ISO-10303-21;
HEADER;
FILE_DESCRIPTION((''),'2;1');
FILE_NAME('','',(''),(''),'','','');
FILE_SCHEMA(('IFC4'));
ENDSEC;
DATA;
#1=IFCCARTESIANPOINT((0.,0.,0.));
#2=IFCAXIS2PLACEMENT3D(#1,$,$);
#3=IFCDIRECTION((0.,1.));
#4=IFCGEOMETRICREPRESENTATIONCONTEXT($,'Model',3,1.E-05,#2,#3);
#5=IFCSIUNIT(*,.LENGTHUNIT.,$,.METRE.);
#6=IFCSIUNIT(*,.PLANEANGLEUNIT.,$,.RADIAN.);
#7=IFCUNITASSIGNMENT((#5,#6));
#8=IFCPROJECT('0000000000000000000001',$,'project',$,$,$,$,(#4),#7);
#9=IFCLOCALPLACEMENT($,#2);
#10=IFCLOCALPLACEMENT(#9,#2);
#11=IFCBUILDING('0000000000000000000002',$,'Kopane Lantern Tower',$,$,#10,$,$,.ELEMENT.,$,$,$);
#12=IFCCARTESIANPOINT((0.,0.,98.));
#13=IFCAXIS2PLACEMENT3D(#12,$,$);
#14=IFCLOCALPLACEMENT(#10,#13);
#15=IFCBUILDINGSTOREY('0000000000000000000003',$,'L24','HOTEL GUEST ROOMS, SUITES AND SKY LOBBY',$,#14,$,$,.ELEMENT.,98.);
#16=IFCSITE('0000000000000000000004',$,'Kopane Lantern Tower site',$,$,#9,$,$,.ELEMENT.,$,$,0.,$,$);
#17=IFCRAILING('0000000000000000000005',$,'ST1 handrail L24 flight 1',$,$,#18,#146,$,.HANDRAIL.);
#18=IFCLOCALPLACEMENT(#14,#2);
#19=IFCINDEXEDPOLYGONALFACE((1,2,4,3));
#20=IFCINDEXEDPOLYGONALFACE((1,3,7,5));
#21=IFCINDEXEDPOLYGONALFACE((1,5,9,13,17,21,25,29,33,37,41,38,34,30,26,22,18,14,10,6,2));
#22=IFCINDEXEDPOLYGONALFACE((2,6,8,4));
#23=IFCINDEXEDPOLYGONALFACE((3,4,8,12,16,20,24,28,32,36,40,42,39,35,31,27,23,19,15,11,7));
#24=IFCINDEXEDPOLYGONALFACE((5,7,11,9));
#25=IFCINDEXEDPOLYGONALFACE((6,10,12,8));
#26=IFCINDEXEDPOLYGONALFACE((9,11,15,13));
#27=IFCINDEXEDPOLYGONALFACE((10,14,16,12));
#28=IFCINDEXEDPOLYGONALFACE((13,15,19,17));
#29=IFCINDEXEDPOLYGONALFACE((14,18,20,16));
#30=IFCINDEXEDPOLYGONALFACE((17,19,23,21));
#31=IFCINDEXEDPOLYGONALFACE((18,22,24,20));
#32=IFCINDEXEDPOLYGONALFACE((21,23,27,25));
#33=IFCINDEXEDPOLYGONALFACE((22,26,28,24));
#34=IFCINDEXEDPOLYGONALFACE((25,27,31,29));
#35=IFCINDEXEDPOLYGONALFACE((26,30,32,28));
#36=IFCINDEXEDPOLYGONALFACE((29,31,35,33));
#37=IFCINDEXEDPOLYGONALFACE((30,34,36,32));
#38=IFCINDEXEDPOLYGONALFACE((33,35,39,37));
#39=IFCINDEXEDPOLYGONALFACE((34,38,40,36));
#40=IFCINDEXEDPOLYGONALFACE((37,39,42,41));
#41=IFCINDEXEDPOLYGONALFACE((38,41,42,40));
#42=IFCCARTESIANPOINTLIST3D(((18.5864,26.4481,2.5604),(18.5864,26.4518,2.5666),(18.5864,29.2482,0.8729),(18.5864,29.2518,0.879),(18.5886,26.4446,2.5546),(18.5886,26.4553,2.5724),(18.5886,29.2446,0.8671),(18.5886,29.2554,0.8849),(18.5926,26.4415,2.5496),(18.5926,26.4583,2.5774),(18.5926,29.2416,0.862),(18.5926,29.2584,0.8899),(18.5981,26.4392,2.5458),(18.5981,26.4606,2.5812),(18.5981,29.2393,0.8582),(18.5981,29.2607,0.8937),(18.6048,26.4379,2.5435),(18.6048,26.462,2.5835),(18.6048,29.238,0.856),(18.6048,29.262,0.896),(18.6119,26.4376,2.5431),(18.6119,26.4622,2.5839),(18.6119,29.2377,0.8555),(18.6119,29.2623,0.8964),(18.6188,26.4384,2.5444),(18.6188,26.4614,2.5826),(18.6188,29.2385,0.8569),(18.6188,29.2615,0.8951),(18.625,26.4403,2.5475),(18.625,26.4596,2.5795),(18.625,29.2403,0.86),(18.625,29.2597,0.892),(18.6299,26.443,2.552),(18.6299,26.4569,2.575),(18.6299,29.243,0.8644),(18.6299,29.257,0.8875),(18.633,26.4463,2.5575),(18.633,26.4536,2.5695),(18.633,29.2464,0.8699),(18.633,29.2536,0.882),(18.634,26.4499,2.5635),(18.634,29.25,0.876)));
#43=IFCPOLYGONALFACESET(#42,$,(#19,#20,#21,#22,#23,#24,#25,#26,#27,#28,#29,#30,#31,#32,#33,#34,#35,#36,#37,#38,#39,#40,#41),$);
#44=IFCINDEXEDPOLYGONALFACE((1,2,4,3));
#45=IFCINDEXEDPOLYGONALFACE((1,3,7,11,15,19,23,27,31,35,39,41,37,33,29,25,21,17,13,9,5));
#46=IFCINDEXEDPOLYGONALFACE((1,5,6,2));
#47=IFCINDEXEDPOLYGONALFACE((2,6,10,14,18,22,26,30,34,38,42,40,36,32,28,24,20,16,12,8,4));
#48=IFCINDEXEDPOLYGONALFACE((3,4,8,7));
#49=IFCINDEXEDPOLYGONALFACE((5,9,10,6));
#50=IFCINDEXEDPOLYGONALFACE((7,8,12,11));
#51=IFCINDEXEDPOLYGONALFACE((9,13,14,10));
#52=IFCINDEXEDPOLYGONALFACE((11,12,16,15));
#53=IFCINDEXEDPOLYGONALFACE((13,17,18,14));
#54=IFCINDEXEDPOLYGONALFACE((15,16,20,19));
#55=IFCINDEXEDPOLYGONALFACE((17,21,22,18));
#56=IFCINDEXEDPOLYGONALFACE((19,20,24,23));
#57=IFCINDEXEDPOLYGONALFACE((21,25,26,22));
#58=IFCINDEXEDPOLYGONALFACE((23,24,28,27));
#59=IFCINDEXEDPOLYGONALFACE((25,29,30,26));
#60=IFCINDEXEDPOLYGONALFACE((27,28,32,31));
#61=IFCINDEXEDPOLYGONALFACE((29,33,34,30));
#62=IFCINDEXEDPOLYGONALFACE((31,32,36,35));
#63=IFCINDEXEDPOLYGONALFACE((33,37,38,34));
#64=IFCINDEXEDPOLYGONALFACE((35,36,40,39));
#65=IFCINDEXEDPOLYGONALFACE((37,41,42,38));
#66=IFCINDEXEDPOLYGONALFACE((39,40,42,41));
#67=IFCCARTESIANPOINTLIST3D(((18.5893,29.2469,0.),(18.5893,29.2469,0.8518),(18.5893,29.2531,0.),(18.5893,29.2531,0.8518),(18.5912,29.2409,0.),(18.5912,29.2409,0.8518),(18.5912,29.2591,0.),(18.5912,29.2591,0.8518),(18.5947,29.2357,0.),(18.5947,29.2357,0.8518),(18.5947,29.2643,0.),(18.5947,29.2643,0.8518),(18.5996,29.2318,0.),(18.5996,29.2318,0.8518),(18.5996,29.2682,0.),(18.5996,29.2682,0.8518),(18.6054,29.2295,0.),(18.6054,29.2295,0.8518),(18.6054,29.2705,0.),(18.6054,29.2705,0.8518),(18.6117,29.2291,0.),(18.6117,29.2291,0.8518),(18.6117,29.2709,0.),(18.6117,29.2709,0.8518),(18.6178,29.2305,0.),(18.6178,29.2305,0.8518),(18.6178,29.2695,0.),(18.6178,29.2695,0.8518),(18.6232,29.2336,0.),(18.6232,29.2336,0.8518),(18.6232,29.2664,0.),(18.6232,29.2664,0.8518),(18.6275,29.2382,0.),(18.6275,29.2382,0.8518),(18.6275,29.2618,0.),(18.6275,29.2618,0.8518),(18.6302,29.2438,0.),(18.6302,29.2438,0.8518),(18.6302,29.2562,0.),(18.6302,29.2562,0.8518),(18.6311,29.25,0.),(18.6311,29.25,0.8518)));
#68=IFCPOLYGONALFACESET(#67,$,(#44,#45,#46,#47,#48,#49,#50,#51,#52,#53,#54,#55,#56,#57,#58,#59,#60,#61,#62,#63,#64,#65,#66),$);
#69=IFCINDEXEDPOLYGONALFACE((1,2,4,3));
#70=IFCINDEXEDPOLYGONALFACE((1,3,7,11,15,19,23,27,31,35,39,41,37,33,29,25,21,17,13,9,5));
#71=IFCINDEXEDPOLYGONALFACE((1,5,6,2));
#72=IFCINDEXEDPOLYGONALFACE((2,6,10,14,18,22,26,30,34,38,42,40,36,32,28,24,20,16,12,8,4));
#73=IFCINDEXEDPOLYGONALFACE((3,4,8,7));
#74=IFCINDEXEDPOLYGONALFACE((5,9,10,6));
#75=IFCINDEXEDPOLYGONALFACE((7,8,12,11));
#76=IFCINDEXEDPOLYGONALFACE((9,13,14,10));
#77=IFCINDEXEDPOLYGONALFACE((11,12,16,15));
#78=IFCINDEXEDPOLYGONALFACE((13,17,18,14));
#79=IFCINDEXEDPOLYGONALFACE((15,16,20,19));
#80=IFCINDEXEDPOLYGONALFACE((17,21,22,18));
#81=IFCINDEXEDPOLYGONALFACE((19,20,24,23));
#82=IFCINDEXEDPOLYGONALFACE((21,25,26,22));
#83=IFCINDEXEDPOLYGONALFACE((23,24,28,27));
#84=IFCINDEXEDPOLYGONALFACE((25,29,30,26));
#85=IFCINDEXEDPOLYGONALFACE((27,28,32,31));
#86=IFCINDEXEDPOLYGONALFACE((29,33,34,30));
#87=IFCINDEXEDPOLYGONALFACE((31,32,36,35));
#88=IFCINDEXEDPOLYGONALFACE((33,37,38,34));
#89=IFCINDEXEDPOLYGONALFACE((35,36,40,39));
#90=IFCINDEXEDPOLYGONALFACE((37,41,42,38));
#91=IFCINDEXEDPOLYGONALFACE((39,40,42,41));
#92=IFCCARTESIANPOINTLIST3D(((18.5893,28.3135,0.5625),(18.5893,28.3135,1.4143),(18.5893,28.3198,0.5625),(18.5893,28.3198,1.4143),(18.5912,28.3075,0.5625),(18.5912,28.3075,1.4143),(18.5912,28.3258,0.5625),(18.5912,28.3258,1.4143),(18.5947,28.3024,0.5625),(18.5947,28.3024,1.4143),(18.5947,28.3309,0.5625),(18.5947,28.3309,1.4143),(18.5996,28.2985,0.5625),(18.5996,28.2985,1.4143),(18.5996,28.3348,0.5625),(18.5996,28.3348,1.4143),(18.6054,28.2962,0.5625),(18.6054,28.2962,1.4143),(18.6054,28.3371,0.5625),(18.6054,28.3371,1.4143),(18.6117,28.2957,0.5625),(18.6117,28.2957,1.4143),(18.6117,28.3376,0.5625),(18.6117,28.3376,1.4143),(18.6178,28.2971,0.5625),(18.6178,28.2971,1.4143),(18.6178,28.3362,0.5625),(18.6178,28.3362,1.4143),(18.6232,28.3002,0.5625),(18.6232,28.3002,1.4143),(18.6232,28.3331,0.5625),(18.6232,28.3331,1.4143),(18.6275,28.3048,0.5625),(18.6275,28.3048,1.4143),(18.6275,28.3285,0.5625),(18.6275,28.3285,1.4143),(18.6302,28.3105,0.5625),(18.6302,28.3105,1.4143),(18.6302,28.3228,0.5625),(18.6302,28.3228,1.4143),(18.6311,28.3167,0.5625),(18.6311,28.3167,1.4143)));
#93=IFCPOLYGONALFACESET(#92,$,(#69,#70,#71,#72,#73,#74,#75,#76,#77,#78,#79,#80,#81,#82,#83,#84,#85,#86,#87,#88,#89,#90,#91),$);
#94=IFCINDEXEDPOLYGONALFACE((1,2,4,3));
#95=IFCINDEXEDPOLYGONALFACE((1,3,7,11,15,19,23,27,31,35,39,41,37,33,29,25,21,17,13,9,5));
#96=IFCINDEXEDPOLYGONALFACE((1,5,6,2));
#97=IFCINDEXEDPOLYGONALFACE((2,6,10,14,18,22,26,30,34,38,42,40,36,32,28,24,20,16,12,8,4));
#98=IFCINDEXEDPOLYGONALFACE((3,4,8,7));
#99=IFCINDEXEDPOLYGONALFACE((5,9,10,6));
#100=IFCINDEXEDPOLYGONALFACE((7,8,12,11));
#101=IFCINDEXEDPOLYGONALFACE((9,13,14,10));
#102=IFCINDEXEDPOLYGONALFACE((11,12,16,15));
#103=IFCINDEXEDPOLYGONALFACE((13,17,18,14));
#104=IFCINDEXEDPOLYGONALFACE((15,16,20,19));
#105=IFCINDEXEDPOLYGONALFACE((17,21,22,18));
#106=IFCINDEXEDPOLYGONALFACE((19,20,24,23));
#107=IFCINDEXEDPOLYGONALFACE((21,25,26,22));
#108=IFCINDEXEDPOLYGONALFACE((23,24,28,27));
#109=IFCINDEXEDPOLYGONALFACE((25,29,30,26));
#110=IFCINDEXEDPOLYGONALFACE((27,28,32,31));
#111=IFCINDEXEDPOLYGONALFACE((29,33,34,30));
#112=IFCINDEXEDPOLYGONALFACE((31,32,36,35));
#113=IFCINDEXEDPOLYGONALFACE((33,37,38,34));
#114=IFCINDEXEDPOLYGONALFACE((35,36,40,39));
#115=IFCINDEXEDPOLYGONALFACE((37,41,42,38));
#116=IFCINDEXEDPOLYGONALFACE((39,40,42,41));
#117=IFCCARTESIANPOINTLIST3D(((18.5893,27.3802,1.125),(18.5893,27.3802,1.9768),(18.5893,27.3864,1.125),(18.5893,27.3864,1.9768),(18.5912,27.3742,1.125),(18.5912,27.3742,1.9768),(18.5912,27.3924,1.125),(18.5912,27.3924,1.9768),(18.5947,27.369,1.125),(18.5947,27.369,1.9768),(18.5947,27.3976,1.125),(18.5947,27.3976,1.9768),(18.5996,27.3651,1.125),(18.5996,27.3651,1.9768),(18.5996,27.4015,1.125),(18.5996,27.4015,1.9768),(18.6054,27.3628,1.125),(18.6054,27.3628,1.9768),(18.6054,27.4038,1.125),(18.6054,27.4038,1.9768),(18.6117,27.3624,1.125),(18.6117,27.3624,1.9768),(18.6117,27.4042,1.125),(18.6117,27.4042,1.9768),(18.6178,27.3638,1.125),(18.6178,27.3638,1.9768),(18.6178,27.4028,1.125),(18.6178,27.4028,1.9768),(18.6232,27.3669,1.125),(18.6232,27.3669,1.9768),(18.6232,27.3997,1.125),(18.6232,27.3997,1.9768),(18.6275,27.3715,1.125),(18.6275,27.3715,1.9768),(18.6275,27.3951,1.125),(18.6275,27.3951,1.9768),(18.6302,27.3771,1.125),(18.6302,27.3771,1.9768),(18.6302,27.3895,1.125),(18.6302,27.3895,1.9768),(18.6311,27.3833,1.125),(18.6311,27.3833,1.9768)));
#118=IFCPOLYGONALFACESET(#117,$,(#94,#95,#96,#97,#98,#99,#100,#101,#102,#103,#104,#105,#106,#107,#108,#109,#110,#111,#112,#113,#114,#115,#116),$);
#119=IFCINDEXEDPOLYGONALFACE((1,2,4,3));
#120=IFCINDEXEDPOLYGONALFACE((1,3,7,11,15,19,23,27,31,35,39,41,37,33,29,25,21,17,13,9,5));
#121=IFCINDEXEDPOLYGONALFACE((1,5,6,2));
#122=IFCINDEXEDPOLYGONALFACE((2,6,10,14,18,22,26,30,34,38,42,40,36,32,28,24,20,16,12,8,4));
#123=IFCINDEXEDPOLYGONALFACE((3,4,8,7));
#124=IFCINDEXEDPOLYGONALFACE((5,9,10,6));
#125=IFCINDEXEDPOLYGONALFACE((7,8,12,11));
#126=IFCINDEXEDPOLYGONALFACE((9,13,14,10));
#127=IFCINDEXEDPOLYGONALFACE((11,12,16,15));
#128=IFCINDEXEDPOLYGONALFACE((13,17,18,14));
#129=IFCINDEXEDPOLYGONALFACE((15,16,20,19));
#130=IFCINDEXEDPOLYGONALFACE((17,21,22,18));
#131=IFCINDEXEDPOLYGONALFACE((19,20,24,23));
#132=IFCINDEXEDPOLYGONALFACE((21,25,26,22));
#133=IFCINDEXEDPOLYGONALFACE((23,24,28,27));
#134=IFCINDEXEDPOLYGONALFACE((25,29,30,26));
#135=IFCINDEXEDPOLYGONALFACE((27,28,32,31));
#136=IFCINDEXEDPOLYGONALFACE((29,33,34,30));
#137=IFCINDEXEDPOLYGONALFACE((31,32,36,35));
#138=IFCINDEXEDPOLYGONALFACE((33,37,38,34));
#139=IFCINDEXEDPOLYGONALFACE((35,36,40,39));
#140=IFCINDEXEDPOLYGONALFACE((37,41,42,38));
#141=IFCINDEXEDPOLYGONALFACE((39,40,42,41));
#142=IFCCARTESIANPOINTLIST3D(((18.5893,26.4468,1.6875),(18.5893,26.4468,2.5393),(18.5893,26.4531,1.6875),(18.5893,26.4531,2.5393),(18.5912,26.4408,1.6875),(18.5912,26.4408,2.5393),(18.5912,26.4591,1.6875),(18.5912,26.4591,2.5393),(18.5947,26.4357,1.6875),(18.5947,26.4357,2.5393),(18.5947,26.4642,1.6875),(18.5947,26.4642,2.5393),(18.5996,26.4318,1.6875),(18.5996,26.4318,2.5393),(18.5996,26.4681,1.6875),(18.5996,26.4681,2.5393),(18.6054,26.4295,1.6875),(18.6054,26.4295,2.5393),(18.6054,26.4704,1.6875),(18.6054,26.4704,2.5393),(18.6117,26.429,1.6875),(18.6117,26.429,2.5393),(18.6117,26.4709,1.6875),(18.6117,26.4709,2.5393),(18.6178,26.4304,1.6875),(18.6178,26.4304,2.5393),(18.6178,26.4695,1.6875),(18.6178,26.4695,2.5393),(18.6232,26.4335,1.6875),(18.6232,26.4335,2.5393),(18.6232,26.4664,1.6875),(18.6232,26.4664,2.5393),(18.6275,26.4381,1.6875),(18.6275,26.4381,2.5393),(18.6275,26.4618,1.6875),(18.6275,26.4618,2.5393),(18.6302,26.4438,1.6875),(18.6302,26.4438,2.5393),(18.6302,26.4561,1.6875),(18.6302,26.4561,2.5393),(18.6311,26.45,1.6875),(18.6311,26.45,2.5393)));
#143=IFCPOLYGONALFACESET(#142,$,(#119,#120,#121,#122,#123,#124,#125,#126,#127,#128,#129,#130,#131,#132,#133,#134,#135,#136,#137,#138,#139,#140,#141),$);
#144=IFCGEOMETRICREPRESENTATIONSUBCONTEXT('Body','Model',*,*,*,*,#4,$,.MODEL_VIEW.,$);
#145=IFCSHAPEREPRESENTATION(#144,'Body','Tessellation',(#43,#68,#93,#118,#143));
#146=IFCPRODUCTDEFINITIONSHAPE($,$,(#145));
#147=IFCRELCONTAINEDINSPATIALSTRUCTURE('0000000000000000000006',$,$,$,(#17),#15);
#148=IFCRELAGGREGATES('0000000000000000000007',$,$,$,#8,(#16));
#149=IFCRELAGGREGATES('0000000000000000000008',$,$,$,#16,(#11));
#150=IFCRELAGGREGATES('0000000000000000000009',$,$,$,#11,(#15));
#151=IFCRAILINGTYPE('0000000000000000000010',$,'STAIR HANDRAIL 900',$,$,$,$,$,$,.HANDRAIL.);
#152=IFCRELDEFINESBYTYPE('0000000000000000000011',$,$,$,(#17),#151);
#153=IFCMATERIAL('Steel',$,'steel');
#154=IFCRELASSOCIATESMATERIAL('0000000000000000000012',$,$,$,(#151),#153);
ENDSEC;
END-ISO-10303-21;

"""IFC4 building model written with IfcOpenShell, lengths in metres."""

from ifc_helpers import new_model, si_unit, direction, frame, origin, origin_2d, place, context, subcontext, project, spatial, circle, extrude, material, type_object, element, save


model = new_model("IFC4")

# Units and contexts
model_context = context("Model", 3, precision=1e-05, world=origin(), true_north=direction((0.0, 1.0)))
body_context = subcontext(model_context, "Body", "Model", "MODEL_VIEW")
ifc_project = project(units=[si_unit("LENGTHUNIT", "METRE"), si_unit("PLANEANGLEUNIT", "RADIAN")], contexts=[model_context])

# Site, building, storey
site_placement = place(None, origin())
site = spatial("IfcSite", under=ifc_project, at=site_placement, Name="Kopane Lantern Tower site", CompositionType="ELEMENT", RefElevation=0.0)
building_placement = place(site_placement, origin())
building = spatial("IfcBuilding", under=site, at=building_placement, Name="Kopane Lantern Tower", CompositionType="ELEMENT")
storey_placement = place(building_placement, frame((0.0, 0.0, 98.0)))
storey = spatial("IfcBuildingStorey", under=building, at=storey_placement, Name="L24", Description="HOTEL GUEST ROOMS, SUITES AND SKY LOBBY", CompositionType="ELEMENT", Elevation=98.0)

# Railing
ifc_material_1 = material(Name="Steel", Category="steel")
railing_type_1 = type_object("IfcRailingType", Name="STAIR HANDRAIL 900", PredefinedType="HANDRAIL", material=ifc_material_1)
for number, where, name in (
    (1, (18.6101, 29.25, 0.0), "ST1 handrail L24 flight 1"),
):
    element("IfcRailing", number, at=place(storey_placement, frame(where)), inside=storey, type_object=railing_type_1, Name=name, PredefinedType="HANDRAIL", context=body_context, shape_type="SweptSolid", body=[
        extrude(circle(Radius=0.0239, at=origin_2d()), frame((0.0, 0.0, 0.876), z_axis=(0.0, -0.856483, 0.516175), x_axis=(1.0, 0.0, 0.0)), (0.0, 0.0, 1.0), 3.2693),
        extrude(circle(Radius=0.021, at=origin_2d()), origin(), (0.0, 0.0, 1.0), 0.8518),
        extrude(circle(Radius=0.021, at=origin_2d()), frame((0.0, -0.9333, 0.5625)), (0.0, 0.0, 1.0), 0.8518),
        extrude(circle(Radius=0.021, at=origin_2d()), frame((0.0, -1.8667, 1.125)), (0.0, 0.0, 1.0), 0.8518),
        extrude(circle(Radius=0.021, at=origin_2d()), frame((0.0, -2.8, 1.6875)), (0.0, 0.0, 1.0), 0.8518),
    ])

save(model, "model.ifc")
